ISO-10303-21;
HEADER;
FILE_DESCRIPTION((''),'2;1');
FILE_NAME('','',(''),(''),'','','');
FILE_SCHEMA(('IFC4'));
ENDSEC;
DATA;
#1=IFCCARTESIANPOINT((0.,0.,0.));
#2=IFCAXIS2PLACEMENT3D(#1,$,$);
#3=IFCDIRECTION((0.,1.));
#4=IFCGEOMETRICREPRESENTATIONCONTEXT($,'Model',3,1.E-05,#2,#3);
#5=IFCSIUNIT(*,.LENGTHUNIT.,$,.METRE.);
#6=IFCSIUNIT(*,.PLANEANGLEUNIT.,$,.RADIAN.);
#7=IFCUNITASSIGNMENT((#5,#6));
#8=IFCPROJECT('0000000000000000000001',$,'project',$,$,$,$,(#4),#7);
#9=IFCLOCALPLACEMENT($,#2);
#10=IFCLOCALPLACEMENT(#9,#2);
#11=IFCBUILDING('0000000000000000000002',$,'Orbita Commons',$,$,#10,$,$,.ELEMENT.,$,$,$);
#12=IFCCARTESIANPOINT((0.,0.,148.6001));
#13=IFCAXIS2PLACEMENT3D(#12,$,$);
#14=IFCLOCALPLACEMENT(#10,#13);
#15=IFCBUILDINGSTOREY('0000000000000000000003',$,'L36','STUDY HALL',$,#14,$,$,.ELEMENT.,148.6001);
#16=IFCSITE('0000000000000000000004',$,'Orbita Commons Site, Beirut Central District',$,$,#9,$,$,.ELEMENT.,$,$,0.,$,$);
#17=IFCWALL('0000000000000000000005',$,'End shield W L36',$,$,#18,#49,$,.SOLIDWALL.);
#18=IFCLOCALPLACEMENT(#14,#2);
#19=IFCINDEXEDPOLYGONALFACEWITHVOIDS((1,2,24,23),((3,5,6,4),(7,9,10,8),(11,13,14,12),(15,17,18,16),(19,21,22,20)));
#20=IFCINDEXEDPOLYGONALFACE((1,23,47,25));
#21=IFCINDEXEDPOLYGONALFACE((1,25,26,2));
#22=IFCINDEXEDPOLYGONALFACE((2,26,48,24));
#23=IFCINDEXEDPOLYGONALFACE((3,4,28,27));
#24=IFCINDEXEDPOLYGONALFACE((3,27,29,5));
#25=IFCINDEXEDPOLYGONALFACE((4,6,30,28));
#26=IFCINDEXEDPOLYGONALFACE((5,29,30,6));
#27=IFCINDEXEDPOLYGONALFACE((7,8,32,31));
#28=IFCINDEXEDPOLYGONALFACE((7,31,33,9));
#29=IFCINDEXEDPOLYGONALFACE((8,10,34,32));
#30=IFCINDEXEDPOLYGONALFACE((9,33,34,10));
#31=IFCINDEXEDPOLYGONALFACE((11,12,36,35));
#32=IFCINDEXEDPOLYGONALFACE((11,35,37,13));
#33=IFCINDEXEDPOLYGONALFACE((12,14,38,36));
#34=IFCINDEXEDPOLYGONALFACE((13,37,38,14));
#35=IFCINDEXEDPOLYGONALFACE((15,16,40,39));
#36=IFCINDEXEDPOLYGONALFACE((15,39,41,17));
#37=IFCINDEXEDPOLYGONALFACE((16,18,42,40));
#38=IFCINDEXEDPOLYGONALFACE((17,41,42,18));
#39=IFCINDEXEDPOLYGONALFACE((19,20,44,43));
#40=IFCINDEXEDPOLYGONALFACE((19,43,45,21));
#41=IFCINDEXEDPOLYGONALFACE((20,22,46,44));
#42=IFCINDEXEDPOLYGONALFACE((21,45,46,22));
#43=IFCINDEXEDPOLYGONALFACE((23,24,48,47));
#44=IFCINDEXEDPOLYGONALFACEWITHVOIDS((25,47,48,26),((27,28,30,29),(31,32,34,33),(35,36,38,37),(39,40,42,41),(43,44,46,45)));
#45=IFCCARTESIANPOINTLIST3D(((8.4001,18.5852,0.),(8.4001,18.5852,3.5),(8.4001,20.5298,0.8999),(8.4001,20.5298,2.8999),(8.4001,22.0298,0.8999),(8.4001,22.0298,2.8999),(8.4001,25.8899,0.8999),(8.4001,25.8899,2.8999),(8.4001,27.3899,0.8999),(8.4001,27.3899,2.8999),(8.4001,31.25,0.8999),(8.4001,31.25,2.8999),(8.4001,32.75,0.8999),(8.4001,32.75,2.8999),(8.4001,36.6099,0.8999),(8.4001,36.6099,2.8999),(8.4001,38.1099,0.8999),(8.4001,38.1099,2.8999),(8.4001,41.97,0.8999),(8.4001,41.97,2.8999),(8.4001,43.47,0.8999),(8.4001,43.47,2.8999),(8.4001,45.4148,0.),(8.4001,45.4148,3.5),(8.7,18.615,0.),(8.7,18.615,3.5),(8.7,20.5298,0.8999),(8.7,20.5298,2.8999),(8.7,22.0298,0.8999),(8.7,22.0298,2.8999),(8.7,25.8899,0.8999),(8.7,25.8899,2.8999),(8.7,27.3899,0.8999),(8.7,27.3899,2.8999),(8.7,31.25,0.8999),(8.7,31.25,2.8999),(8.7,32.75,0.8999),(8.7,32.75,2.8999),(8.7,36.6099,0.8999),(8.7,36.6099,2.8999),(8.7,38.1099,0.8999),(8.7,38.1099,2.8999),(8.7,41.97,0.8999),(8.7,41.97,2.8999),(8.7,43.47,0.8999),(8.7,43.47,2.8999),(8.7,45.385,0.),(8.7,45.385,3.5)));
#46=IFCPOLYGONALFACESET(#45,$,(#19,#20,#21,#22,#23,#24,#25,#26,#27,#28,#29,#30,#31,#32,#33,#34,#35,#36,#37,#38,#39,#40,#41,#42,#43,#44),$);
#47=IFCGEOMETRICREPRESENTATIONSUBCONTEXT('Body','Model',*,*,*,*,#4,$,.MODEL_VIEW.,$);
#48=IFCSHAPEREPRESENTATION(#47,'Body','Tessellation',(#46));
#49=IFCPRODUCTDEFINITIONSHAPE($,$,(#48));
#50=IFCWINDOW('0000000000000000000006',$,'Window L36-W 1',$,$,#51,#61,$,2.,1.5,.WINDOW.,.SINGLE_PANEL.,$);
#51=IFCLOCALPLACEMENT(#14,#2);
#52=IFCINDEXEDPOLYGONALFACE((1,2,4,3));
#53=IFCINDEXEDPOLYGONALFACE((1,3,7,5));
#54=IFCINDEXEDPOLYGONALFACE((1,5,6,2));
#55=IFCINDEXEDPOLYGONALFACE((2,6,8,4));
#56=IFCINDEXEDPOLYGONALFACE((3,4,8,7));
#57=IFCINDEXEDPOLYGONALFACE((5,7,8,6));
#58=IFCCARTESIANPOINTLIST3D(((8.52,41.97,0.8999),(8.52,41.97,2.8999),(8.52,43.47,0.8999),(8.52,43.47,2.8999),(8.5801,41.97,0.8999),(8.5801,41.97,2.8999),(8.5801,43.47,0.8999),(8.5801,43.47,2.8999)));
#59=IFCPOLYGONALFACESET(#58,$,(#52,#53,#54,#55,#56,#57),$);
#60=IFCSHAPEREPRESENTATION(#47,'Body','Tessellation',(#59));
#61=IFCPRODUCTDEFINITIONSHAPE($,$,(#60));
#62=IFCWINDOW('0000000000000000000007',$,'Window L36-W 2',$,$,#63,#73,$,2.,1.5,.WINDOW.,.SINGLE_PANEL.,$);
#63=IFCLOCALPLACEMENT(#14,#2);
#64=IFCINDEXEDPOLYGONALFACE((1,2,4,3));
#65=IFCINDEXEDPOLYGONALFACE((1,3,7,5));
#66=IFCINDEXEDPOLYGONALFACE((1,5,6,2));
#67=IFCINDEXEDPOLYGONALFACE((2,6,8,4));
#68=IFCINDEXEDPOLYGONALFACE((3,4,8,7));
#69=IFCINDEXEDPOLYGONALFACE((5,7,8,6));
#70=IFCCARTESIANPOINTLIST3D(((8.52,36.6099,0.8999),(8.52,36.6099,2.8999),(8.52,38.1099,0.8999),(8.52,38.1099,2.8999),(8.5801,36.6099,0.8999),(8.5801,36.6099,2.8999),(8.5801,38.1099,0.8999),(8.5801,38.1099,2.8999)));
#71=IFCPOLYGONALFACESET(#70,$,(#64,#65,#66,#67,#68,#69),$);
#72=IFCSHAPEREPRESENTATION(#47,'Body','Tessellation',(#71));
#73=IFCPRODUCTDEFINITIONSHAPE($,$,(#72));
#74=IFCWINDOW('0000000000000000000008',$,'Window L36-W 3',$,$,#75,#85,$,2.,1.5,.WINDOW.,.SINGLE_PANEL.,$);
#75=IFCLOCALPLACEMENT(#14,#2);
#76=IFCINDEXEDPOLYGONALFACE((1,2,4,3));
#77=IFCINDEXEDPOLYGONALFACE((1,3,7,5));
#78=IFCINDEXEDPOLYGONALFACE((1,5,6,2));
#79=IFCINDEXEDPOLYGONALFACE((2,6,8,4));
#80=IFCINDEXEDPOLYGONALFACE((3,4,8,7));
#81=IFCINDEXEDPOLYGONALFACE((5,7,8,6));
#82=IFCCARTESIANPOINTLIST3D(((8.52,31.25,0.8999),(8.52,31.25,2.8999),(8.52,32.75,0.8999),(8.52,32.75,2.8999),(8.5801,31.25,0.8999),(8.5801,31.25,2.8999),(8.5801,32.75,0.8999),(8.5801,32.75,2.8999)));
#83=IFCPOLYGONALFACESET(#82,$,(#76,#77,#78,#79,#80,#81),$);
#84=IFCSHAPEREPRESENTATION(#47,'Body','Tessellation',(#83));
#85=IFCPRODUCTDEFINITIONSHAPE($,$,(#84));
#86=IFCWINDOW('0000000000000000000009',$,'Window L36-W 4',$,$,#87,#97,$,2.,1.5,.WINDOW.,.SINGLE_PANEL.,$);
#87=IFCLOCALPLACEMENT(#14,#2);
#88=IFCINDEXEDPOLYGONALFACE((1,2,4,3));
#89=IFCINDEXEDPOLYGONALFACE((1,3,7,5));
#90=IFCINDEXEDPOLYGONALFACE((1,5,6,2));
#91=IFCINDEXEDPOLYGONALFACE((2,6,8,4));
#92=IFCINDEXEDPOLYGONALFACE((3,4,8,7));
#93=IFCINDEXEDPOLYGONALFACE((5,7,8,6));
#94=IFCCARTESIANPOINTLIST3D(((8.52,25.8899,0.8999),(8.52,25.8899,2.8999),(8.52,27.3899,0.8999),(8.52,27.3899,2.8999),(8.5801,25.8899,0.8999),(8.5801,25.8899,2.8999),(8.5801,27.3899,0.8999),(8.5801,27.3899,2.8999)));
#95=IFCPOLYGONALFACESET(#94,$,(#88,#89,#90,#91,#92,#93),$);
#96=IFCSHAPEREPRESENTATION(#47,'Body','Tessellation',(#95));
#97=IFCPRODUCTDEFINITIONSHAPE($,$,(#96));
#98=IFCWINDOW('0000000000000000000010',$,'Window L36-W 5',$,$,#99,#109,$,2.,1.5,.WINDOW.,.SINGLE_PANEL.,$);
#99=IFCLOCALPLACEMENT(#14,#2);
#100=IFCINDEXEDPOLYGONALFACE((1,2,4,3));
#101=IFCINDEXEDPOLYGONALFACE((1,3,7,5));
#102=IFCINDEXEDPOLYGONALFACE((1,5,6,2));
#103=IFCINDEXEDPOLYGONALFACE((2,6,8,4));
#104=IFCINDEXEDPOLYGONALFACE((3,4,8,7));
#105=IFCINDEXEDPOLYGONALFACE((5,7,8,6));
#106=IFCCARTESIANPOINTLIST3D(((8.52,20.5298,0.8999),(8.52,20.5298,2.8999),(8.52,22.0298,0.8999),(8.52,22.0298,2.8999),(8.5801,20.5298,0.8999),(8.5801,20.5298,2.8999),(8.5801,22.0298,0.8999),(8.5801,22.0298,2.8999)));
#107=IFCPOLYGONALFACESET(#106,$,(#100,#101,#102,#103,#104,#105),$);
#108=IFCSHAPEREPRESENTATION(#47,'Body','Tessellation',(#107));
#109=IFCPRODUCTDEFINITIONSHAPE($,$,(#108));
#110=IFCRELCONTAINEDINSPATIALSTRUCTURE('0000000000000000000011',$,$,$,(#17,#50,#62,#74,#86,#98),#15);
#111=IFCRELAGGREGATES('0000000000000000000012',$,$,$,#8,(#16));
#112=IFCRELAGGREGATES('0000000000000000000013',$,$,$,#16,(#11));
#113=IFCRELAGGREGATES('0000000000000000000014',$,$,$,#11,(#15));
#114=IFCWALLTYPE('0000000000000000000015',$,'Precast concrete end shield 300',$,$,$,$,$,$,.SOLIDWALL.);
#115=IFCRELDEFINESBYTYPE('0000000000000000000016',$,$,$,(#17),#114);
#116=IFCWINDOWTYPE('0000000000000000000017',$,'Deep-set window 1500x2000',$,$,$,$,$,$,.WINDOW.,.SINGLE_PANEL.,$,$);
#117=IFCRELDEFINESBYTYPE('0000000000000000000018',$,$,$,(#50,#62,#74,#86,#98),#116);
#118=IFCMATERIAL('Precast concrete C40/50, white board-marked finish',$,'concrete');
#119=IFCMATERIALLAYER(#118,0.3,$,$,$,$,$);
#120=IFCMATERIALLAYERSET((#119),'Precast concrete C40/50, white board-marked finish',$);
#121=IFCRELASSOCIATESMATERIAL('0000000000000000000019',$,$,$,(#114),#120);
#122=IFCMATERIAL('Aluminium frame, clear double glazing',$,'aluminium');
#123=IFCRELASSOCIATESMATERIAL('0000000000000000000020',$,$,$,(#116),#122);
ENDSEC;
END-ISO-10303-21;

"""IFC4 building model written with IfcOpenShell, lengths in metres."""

from ifc_helpers import new_model, si_unit, direction, frame, frame_2d, origin, place, context, subcontext, project, spatial, polyline, rectangle, outline, extrude, material, layer, layer_set, type_object, element, fill, save


model = new_model("IFC4")

# Units and contexts
model_context = context("Model", 3, precision=1e-05, world=origin(), true_north=direction((0.0, 1.0)))
body_context = subcontext(model_context, "Body", "Model", "MODEL_VIEW")
ifc_project = project(units=[si_unit("LENGTHUNIT", "METRE"), si_unit("PLANEANGLEUNIT", "RADIAN")], contexts=[model_context])

# Site, building, storey
site_placement = place(None, origin())
site = spatial("IfcSite", under=ifc_project, at=site_placement, Name="Orbita Commons Site, Beirut Central District", CompositionType="ELEMENT", RefElevation=0.0)
building_placement = place(site_placement, origin())
building = spatial("IfcBuilding", under=site, at=building_placement, Name="Orbita Commons", CompositionType="ELEMENT")
storey_placement = place(building_placement, frame((0.0, 0.0, 148.6001)))
storey = spatial("IfcBuildingStorey", under=building, at=storey_placement, Name="L36", Description="STUDY HALL", CompositionType="ELEMENT", Elevation=148.6001)

# Wall, openings, windows
ifc_material_1 = material(Name="Precast concrete C40/50, white board-marked finish", Category="concrete")
ifc_layer_1 = layer(ifc_material_1, 0.3)
ifc_layer_set_1 = layer_set([ifc_layer_1], Name="Precast concrete C40/50, white board-marked finish")
wall_type_1 = type_object("IfcWallType", Name="Precast concrete end shield 300", PredefinedType="SOLIDWALL", material=ifc_layer_set_1)
wall_1_placement = place(storey_placement, frame((8.55, 45.3999, 0.0), z_axis=(0.0, 0.0, 1.0), x_axis=(0.0, -1.0, 0.0)))
wall_1 = element("IfcWall", 1, at=wall_1_placement, inside=storey, type_object=wall_type_1, Name="End shield W L36", PredefinedType="SOLIDWALL", context=body_context, shape_type="SweptSolid", body=[
    extrude(outline(polyline([(-0.0149, -0.1499), (26.8147, -0.1499), (26.7849, 0.1499), (0.0149, 0.1499), (-0.0149, -0.1499)])), origin(), (0.0, 0.0, 1.0), 3.5),
])
opening_1_placement = place(wall_1_placement, frame((1.9299, 0.0, 0.8999)))
opening_1 = element("IfcOpeningElement", 2, at=opening_1_placement, cuts=wall_1, PredefinedType="OPENING", context=body_context, shape_type="SweptSolid", body=[
    extrude(rectangle(XDim=1.5, YDim=2.0, at=frame_2d((0.75, 1.0))), frame((0.0, 0.1599, 0.0), z_axis=(0.0, -1.0, 0.0), x_axis=(1.0, 0.0, 0.0)), (0.0, 0.0, 1.0), 0.3201),
])
opening_2_placement = place(wall_1_placement, frame((7.29, 0.0, 0.8999)))
opening_2 = element("IfcOpeningElement", 3, at=opening_2_placement, cuts=wall_1, PredefinedType="OPENING", context=body_context, shape_type="SweptSolid", body=[
    extrude(rectangle(XDim=1.5, YDim=2.0, at=frame_2d((0.75, 1.0))), frame((0.0, 0.1599, 0.0), z_axis=(0.0, -1.0, 0.0), x_axis=(1.0, 0.0, 0.0)), (0.0, 0.0, 1.0), 0.3201),
])
opening_3_placement = place(wall_1_placement, frame((12.6499, 0.0, 0.8999)))
opening_3 = element("IfcOpeningElement", 4, at=opening_3_placement, cuts=wall_1, PredefinedType="OPENING", context=body_context, shape_type="SweptSolid", body=[
    extrude(rectangle(XDim=1.5, YDim=2.0, at=frame_2d((0.75, 1.0))), frame((0.0, 0.1599, 0.0), z_axis=(0.0, -1.0, 0.0), x_axis=(1.0, 0.0, 0.0)), (0.0, 0.0, 1.0), 0.3201),
])
opening_4_placement = place(wall_1_placement, frame((18.01, 0.0, 0.8999)))
opening_4 = element("IfcOpeningElement", 5, at=opening_4_placement, cuts=wall_1, PredefinedType="OPENING", context=body_context, shape_type="SweptSolid", body=[
    extrude(rectangle(XDim=1.5, YDim=2.0, at=frame_2d((0.75, 1.0))), frame((0.0, 0.1599, 0.0), z_axis=(0.0, -1.0, 0.0), x_axis=(1.0, 0.0, 0.0)), (0.0, 0.0, 1.0), 0.3201),
])
opening_5_placement = place(wall_1_placement, frame((23.3701, 0.0, 0.8999)))
opening_5 = element("IfcOpeningElement", 6, at=opening_5_placement, cuts=wall_1, PredefinedType="OPENING", context=body_context, shape_type="SweptSolid", body=[
    extrude(rectangle(XDim=1.5, YDim=2.0, at=frame_2d((0.75, 1.0))), frame((0.0, 0.1599, 0.0), z_axis=(0.0, -1.0, 0.0), x_axis=(1.0, 0.0, 0.0)), (0.0, 0.0, 1.0), 0.3201),
])
ifc_material_2 = material(Name="Aluminium frame, clear double glazing", Category="aluminium")
window_type = type_object("IfcWindowType", Name="Deep-set window 1500x2000", PartitioningType="SINGLE_PANEL", PredefinedType="WINDOW", material=ifc_material_2)
window_1_placement = place(opening_1_placement, origin())
window_1 = element("IfcWindow", 7, at=window_1_placement, inside=storey, type_object=window_type, Name="Window L36-W 1", OverallHeight=2.0, OverallWidth=1.5, PartitioningType="SINGLE_PANEL", PredefinedType="WINDOW", context=body_context, shape_type="SweptSolid", body=[
    extrude(rectangle(XDim=1.5, YDim=2.0, at=frame_2d((0.75, 1.0))), frame((0.0, 0.03, 0.0), z_axis=(0.0, -1.0, 0.0), x_axis=(1.0, 0.0, 0.0)), (0.0, 0.0, 1.0), 0.0601),
])
fill(opening_1, window_1)
window_2_placement = place(opening_2_placement, origin())
window_2 = element("IfcWindow", 8, at=window_2_placement, inside=storey, type_object=window_type, Name="Window L36-W 2", OverallHeight=2.0, OverallWidth=1.5, PartitioningType="SINGLE_PANEL", PredefinedType="WINDOW", context=body_context, shape_type="SweptSolid", body=[
    extrude(rectangle(XDim=1.5, YDim=2.0, at=frame_2d((0.75, 1.0))), frame((0.0, 0.03, 0.0), z_axis=(0.0, -1.0, 0.0), x_axis=(1.0, 0.0, 0.0)), (0.0, 0.0, 1.0), 0.0601),
])
fill(opening_2, window_2)
window_3_placement = place(opening_3_placement, origin())
window_3 = element("IfcWindow", 9, at=window_3_placement, inside=storey, type_object=window_type, Name="Window L36-W 3", OverallHeight=2.0, OverallWidth=1.5, PartitioningType="SINGLE_PANEL", PredefinedType="WINDOW", context=body_context, shape_type="SweptSolid", body=[
    extrude(rectangle(XDim=1.5, YDim=2.0, at=frame_2d((0.75, 1.0))), frame((0.0, 0.03, 0.0), z_axis=(0.0, -1.0, 0.0), x_axis=(1.0, 0.0, 0.0)), (0.0, 0.0, 1.0), 0.0601),
])
fill(opening_3, window_3)
window_4_placement = place(opening_4_placement, origin())
window_4 = element("IfcWindow", 10, at=window_4_placement, inside=storey, type_object=window_type, Name="Window L36-W 4", OverallHeight=2.0, OverallWidth=1.5, PartitioningType="SINGLE_PANEL", PredefinedType="WINDOW", context=body_context, shape_type="SweptSolid", body=[
    extrude(rectangle(XDim=1.5, YDim=2.0, at=frame_2d((0.75, 1.0))), frame((0.0, 0.03, 0.0), z_axis=(0.0, -1.0, 0.0), x_axis=(1.0, 0.0, 0.0)), (0.0, 0.0, 1.0), 0.0601),
])
fill(opening_4, window_4)
window_5_placement = place(opening_5_placement, origin())
window_5 = element("IfcWindow", 11, at=window_5_placement, inside=storey, type_object=window_type, Name="Window L36-W 5", OverallHeight=2.0, OverallWidth=1.5, PartitioningType="SINGLE_PANEL", PredefinedType="WINDOW", context=body_context, shape_type="SweptSolid", body=[
    extrude(rectangle(XDim=1.5, YDim=2.0, at=frame_2d((0.75, 1.0))), frame((0.0, 0.03, 0.0), z_axis=(0.0, -1.0, 0.0), x_axis=(1.0, 0.0, 0.0)), (0.0, 0.0, 1.0), 0.0601),
])
fill(opening_5, window_5)

save(model, "model.ifc")
